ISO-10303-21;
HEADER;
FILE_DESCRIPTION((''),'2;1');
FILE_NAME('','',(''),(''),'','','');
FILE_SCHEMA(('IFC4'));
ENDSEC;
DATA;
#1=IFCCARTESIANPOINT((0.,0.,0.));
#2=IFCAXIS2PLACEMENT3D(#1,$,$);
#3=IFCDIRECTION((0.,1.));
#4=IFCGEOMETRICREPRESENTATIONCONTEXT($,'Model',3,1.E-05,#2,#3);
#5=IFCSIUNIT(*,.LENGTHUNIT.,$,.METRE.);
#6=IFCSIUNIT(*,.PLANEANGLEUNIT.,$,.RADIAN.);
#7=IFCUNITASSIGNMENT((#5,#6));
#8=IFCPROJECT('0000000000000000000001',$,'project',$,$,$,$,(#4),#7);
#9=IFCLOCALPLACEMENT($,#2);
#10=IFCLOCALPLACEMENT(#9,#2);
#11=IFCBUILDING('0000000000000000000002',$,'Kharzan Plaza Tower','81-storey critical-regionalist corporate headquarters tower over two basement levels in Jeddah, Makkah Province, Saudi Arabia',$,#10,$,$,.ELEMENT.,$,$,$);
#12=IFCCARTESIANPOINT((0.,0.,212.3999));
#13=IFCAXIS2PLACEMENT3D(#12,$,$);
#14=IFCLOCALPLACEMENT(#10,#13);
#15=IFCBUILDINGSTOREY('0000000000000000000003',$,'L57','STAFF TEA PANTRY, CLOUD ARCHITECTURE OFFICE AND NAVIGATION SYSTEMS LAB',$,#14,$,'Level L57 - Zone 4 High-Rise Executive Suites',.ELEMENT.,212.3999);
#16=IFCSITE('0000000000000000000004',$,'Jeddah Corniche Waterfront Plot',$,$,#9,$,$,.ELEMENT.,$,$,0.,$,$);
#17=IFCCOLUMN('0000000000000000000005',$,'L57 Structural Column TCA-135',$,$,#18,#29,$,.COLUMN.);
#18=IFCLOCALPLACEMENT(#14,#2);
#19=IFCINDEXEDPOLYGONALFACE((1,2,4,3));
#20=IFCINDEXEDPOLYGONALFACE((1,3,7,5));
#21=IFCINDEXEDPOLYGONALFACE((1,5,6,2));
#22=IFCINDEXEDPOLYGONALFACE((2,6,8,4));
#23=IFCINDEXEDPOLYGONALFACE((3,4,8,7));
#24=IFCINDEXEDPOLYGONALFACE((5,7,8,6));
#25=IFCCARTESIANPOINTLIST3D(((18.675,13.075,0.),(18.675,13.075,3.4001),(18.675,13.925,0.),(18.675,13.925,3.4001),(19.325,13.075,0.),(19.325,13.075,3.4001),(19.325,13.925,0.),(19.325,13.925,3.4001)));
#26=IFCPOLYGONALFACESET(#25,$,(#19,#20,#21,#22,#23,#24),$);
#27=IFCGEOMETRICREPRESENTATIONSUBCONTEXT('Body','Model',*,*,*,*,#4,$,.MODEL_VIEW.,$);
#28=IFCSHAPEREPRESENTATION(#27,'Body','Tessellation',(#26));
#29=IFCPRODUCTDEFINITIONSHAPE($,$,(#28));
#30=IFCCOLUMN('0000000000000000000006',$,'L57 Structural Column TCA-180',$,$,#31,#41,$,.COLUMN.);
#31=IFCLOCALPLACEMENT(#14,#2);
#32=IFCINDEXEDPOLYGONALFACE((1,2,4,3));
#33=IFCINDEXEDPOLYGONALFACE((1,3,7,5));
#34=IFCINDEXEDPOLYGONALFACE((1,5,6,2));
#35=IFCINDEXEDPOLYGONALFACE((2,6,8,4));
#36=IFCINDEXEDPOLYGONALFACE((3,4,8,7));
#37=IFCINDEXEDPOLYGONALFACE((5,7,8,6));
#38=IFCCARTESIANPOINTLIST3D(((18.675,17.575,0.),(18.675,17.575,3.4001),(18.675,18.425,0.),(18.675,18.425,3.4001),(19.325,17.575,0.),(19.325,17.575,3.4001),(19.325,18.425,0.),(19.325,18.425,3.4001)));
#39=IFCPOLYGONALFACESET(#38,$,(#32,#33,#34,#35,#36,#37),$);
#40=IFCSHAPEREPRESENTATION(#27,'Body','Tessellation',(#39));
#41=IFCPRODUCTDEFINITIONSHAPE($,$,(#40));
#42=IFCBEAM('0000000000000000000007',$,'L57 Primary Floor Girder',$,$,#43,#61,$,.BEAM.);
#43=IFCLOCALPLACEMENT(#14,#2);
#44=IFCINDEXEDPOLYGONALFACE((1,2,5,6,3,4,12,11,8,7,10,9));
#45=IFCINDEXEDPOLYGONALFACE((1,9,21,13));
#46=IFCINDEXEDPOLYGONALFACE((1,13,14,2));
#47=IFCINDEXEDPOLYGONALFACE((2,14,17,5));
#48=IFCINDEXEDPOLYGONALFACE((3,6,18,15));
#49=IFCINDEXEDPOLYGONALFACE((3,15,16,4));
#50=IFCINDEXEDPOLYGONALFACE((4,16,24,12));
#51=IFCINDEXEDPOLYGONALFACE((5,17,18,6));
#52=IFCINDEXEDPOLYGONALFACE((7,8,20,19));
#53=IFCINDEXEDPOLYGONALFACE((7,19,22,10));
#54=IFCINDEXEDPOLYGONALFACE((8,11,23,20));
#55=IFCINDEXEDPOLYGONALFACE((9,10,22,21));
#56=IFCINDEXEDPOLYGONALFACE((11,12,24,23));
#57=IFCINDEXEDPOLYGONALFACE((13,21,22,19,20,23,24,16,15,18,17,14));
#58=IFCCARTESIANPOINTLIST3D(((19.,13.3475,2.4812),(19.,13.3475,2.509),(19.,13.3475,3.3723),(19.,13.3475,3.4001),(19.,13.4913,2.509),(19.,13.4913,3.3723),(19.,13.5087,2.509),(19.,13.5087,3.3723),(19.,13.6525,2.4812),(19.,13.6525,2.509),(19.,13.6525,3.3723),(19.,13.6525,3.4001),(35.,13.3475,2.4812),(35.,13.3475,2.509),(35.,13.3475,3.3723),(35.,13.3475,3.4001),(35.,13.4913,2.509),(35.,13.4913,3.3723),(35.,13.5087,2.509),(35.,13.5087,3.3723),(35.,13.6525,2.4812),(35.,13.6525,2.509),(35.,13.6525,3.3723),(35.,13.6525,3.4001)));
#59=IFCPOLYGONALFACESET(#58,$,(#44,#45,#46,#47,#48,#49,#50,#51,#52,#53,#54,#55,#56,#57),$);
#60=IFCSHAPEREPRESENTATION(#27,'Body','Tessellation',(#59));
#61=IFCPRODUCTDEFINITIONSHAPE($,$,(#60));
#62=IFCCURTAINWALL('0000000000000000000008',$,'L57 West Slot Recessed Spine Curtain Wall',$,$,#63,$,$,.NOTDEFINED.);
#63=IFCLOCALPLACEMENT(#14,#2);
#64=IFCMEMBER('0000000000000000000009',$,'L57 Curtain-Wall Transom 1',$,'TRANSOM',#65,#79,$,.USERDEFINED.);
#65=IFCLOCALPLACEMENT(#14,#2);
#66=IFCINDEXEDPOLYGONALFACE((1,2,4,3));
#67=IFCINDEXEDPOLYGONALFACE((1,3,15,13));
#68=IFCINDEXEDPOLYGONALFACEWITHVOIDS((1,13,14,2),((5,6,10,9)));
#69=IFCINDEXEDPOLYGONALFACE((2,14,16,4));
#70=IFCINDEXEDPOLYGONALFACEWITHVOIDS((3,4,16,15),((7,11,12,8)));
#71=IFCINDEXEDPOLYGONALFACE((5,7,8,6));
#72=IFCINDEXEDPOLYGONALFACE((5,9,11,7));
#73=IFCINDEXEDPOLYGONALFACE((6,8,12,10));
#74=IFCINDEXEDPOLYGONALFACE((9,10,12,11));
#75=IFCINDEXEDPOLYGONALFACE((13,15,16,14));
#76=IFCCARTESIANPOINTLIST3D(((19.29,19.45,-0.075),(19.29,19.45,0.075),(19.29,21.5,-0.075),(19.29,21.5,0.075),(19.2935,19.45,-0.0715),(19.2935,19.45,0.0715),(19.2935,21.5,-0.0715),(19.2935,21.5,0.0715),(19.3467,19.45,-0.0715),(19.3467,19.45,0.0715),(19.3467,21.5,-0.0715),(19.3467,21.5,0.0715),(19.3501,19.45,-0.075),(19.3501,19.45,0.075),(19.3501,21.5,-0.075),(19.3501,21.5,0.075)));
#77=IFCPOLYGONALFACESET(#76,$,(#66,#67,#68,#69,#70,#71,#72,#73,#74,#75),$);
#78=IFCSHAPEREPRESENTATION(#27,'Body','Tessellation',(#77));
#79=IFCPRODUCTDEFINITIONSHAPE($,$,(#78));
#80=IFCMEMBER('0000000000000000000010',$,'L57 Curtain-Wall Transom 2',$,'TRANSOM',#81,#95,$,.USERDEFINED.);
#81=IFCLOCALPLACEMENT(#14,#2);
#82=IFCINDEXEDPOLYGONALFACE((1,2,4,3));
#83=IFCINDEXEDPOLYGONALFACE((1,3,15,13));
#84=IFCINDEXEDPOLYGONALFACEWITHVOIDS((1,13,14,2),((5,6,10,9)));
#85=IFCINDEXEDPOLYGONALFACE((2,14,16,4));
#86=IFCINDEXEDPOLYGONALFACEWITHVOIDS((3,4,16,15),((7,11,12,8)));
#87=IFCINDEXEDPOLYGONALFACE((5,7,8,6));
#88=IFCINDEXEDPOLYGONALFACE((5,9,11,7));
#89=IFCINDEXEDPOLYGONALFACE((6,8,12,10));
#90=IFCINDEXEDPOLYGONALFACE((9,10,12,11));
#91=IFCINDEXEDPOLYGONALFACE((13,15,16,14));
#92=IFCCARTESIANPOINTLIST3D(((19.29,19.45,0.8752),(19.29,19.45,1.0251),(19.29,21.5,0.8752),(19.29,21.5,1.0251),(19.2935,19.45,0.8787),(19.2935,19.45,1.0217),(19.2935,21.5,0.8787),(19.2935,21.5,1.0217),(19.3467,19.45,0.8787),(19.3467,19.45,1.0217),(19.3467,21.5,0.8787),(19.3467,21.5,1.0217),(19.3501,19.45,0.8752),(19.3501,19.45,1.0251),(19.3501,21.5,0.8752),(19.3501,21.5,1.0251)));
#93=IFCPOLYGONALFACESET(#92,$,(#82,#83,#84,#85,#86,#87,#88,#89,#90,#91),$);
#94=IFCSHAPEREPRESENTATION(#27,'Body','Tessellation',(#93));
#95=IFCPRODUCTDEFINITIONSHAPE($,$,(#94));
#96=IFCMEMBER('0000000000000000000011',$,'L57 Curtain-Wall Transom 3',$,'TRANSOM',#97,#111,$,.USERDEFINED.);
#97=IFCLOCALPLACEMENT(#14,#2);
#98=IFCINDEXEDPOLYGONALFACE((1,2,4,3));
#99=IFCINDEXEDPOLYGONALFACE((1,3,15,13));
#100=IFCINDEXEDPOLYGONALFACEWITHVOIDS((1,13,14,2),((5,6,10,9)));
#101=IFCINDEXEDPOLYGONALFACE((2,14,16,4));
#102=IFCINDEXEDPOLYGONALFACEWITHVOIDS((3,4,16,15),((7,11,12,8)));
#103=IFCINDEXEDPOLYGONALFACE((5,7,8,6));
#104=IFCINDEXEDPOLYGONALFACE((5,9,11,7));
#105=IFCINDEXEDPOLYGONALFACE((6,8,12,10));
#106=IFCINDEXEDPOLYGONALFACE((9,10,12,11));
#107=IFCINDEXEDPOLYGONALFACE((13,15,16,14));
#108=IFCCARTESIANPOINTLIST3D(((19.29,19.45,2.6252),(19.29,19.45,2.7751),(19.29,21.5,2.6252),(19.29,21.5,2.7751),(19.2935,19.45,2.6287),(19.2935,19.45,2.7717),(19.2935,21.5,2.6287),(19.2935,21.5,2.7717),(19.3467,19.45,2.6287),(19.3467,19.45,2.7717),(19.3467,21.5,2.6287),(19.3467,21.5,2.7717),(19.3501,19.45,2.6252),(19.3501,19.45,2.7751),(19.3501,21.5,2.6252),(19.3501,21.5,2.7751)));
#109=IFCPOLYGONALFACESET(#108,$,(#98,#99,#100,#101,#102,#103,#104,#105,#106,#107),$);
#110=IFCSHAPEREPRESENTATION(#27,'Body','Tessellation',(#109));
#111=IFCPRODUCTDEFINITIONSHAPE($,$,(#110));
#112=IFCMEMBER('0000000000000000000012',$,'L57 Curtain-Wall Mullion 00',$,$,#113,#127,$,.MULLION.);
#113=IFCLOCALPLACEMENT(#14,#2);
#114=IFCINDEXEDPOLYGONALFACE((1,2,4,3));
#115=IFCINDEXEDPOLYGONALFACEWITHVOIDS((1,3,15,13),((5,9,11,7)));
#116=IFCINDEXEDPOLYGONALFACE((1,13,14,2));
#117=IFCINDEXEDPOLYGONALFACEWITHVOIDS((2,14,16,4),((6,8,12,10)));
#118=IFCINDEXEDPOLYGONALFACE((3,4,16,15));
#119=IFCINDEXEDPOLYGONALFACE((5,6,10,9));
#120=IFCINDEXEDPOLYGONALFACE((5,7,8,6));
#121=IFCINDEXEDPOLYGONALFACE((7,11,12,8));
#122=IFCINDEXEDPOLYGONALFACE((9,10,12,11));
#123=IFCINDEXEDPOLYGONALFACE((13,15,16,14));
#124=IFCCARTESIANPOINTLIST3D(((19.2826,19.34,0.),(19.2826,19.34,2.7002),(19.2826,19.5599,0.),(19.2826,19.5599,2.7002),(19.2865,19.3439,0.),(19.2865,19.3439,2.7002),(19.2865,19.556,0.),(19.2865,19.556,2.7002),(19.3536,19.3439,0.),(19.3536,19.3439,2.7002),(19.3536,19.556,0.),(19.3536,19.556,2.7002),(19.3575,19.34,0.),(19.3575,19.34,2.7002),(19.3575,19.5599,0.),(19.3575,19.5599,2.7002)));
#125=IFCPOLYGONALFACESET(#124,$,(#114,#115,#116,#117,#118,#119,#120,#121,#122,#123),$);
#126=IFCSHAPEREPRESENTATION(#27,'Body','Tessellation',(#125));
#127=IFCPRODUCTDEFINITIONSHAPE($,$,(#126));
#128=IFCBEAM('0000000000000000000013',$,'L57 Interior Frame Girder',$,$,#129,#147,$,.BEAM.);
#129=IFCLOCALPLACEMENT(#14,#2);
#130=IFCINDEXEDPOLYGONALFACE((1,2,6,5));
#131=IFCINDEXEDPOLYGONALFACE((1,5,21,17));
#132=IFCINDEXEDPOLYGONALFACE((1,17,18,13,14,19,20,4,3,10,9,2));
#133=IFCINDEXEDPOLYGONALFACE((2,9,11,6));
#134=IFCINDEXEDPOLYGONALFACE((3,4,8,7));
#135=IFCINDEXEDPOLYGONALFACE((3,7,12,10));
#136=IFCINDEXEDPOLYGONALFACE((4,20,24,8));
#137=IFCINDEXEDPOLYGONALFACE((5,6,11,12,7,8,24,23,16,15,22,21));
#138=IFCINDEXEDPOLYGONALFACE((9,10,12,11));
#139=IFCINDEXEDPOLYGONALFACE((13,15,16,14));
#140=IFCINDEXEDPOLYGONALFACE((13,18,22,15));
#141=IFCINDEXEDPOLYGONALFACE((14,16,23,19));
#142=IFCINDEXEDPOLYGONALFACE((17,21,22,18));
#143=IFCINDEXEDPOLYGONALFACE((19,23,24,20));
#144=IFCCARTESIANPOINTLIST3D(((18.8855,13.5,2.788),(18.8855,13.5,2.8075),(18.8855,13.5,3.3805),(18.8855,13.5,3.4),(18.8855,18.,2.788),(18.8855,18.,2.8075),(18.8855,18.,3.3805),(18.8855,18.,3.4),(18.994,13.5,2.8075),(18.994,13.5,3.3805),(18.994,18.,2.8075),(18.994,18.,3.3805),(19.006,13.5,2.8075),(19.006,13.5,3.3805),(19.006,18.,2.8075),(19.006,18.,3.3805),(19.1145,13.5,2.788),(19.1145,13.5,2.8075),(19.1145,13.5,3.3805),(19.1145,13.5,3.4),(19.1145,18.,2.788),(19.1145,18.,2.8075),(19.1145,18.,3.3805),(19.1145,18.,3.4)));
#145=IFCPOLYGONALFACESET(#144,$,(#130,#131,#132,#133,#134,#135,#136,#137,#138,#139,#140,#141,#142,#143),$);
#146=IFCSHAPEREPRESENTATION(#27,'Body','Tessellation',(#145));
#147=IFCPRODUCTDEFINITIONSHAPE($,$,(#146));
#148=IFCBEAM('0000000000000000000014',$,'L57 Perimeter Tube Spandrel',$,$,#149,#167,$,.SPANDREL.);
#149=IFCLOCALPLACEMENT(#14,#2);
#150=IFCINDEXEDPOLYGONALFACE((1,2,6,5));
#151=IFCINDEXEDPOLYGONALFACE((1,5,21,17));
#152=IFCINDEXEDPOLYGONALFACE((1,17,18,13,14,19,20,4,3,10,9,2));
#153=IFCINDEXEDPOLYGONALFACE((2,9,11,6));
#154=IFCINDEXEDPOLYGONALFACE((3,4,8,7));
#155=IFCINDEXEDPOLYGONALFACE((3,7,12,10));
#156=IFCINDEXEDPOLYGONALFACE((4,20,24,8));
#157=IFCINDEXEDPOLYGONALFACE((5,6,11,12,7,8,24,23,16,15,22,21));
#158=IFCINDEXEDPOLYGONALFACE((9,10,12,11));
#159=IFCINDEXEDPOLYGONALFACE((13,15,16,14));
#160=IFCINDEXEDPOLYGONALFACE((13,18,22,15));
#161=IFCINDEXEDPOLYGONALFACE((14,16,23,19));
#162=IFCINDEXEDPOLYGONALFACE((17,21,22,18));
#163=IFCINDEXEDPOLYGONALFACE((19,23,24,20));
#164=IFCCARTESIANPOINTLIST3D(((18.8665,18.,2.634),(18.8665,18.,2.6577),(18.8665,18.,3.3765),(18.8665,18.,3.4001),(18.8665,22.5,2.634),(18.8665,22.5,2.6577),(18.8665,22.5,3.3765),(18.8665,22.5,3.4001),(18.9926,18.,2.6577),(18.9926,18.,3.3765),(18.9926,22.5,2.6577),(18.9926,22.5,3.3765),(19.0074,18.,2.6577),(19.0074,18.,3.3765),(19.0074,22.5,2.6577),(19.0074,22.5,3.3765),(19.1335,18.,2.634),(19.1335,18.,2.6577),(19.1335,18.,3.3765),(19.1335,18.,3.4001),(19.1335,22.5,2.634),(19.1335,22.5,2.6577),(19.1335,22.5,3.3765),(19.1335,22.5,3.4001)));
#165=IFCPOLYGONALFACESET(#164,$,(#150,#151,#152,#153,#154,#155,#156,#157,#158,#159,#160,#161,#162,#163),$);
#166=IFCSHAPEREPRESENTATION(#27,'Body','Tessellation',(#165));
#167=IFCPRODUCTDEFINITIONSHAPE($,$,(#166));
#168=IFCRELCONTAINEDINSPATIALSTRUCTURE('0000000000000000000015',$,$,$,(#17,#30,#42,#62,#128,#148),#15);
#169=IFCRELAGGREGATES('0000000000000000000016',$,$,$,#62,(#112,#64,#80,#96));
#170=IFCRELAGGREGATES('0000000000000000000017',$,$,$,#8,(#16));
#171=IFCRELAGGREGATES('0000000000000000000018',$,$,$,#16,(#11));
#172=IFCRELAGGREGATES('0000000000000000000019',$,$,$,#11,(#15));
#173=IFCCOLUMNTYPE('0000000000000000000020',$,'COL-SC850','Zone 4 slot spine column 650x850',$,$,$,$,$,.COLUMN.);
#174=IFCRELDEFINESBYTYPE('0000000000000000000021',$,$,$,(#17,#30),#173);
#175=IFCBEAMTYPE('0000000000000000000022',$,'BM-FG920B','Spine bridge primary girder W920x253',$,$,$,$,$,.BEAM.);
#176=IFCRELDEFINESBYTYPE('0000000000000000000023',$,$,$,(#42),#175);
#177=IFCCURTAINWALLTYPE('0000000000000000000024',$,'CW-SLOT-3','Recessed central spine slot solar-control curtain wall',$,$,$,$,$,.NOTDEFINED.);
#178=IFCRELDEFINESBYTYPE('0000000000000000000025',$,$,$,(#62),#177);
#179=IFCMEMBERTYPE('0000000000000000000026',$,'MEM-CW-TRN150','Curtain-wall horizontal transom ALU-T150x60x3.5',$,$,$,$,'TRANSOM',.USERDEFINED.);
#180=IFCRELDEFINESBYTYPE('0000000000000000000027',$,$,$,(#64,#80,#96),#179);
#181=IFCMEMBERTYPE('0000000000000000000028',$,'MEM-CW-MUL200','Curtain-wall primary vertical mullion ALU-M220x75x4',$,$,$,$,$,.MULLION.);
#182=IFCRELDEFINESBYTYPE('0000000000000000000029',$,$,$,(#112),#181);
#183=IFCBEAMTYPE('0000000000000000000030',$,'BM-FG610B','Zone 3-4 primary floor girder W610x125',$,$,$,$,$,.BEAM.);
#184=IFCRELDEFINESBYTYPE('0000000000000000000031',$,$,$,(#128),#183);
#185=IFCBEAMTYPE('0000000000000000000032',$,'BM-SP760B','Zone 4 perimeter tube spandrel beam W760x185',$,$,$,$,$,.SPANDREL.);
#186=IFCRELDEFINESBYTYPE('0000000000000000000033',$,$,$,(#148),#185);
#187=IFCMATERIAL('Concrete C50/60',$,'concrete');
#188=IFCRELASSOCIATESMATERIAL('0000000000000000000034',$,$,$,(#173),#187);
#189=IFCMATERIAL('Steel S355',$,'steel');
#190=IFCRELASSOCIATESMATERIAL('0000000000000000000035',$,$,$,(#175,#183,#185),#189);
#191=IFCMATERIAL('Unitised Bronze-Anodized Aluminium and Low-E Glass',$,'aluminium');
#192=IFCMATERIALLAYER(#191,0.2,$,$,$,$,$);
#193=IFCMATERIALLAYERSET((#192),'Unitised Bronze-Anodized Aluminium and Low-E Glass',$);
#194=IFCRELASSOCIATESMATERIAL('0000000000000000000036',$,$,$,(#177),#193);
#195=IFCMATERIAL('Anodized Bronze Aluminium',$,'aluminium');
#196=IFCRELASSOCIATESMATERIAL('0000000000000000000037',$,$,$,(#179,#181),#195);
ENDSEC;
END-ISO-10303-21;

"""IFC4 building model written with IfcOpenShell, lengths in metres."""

from ifc_helpers import new_model, si_unit, direction, frame, origin, origin_2d, place, context, subcontext, project, spatial, rectangle, hollow_rectangle, i_section, extrude, source, transform, mapped, material, layer, layer_set, material_profile, profile_set, type_object, element, aggregate, save


model = new_model("IFC4")

# Units and contexts
model_context = context("Model", 3, precision=1e-05, world=origin(), true_north=direction((0.0, 1.0)))
body_context = subcontext(model_context, "Body", "Model", "MODEL_VIEW")
ifc_project = project(units=[si_unit("LENGTHUNIT", "METRE"), si_unit("PLANEANGLEUNIT", "RADIAN")], contexts=[model_context])

# Site, building, storey
site_placement = place(None, origin())
site = spatial("IfcSite", under=ifc_project, at=site_placement, Name="Jeddah Corniche Waterfront Plot", CompositionType="ELEMENT", RefElevation=0.0)
building_placement = place(site_placement, origin())
building = spatial("IfcBuilding", under=site, at=building_placement, Name="Kharzan Plaza Tower", Description="81-storey critical-regionalist corporate headquarters tower over two basement levels in Jeddah, Makkah Province, Saudi Arabia", CompositionType="ELEMENT")
storey_placement = place(building_placement, frame((0.0, 0.0, 212.3999)))
storey = spatial("IfcBuildingStorey", under=building, at=storey_placement, Name="L57", Description="STAFF TEA PANTRY, CLOUD ARCHITECTURE OFFICE AND NAVIGATION SYSTEMS LAB", LongName="Level L57 - Zone 4 High-Rise Executive Suites", CompositionType="ELEMENT", Elevation=212.3999)

# Columns
ifc_material_1 = material(Name="Concrete C50/60", Category="concrete")
ifc_material_profile_1 = material_profile(ifc_material_1, rectangle(XDim=0.6499, YDim=0.8501, at=origin_2d()), Name="RC-SC850x650")
ifc_profile_set_1 = profile_set([ifc_material_profile_1], Name="Concrete C50/60")
column_type = type_object("IfcColumnType", Name="COL-SC850", Description="Zone 4 slot spine column 650x850", PredefinedType="COLUMN", material=ifc_profile_set_1)
shared_shape_1 = source(origin(), body_context, "Body", "SweptSolid", [
    extrude(rectangle(XDim=0.6499, YDim=0.8501, at=origin_2d()), origin(), (0.0, 0.0, 1.0), 3.4001),
])
for number, where, z_axis, x_axis, name in (
    (1, (19.0, 13.5, 0.0), (0.0, 0.0, 1.0), (1.0, 0.0, 0.0), "L57 Structural Column TCA-135"),
    (2, (19.0, 18.0, 0.0), (0.0, 0.0, 1.0), (1.0, 0.0, 0.0), "L57 Structural Column TCA-180"),
):
    element("IfcColumn", number, at=place(storey_placement, frame(where, z_axis=z_axis, x_axis=x_axis)), inside=storey, type_object=column_type, Name=name, PredefinedType="COLUMN", context=body_context, shape_type="MappedRepresentation", body=[
        mapped(shared_shape_1, transform((0.0, 0.0, 0.0), x_axis=(1.0, 0.0, 0.0), y_axis=(0.0, 1.0, 0.0), z_axis=(0.0, 0.0, 1.0))),
    ])

# Beam
ifc_material_2 = material(Name="Steel S355", Category="steel")
ifc_material_profile_2 = material_profile(ifc_material_2, i_section(OverallWidth=0.3049, OverallDepth=0.9189, WebThickness=0.0173, FlangeThickness=0.0278, at=origin_2d()), Name="W920x253")
ifc_profile_set_2 = profile_set([ifc_material_profile_2], Name="Steel S355")
beam_type_1 = type_object("IfcBeamType", Name="BM-FG920B", Description="Spine bridge primary girder W920x253", PredefinedType="BEAM", material=ifc_profile_set_2)
shared_shape_2 = source(origin(), body_context, "Body", "SweptSolid", [
    extrude(i_section(OverallWidth=0.3049, OverallDepth=0.9189, WebThickness=0.0173, FlangeThickness=0.0278, at=origin_2d()), origin(), (0.0, 0.0, 1.0), 16.0),
])
beam_1_placement = place(storey_placement, frame((19.0, 13.5, 2.9407), z_axis=(1.0, 0.0, 0.0), x_axis=(0.0, 1.0, 0.0)))
element("IfcBeam", 3, at=beam_1_placement, inside=storey, type_object=beam_type_1, Name="L57 Primary Floor Girder", PredefinedType="BEAM", context=body_context, shape_type="MappedRepresentation", body=[
    mapped(shared_shape_2, transform((0.0, 0.0, 0.0), x_axis=(1.0, 0.0, 0.0), y_axis=(0.0, 1.0, 0.0), z_axis=(0.0, 0.0, 1.0))),
])

# Curtain wall, members
ifc_material_3 = material(Name="Unitised Bronze-Anodized Aluminium and Low-E Glass", Category="aluminium")
ifc_layer_1 = layer(ifc_material_3, 0.2)
ifc_layer_set_1 = layer_set([ifc_layer_1], Name="Unitised Bronze-Anodized Aluminium and Low-E Glass")
curtain_wall_type = type_object("IfcCurtainWallType", Name="CW-SLOT-3", Description="Recessed central spine slot solar-control curtain wall", PredefinedType="NOTDEFINED", material=ifc_layer_set_1)
curtain_wall_placement = place(storey_placement, origin())
curtain_wall = element("IfcCurtainWall", 4, at=curtain_wall_placement, inside=storey, type_object=curtain_wall_type, Name="L57 West Slot Recessed Spine Curtain Wall", PredefinedType="NOTDEFINED")
ifc_material_4 = material(Name="Anodized Bronze Aluminium", Category="aluminium")
ifc_material_profile_3 = material_profile(ifc_material_4, hollow_rectangle(XDim=0.0601, YDim=0.1499, WallThickness=0.0034, at=origin_2d()), Name="ALU-T150x60x3.5")
ifc_profile_set_3 = profile_set([ifc_material_profile_3], Name="Anodized Bronze Aluminium")
member_type_1 = type_object("IfcMemberType", Name="MEM-CW-TRN150", Description="Curtain-wall horizontal transom ALU-T150x60x3.5", ElementType="TRANSOM", PredefinedType="USERDEFINED", material=ifc_profile_set_3)
shared_shape_3 = source(origin(), body_context, "Body", "SweptSolid", [
    extrude(hollow_rectangle(XDim=0.0601, YDim=0.1499, WallThickness=0.0034, at=origin_2d()), origin(), (0.0, 0.0, 1.0), 2.05),
])
member_1_placement = place(storey_placement, frame((19.3201, 19.45, 0.0), z_axis=(0.0, 1.0, 0.0), x_axis=(-1.0, 0.0, 0.0)))
member_1 = element("IfcMember", 5, at=member_1_placement, type_object=member_type_1, Name="L57 Curtain-Wall Transom 1", ObjectType="TRANSOM", PredefinedType="USERDEFINED", context=body_context, shape_type="MappedRepresentation", body=[
    mapped(shared_shape_3, transform((0.0, 0.0, 0.0), x_axis=(1.0, 0.0, 0.0), y_axis=(0.0, 1.0, 0.0), z_axis=(0.0, 0.0, 1.0))),
])
member_2_placement = place(storey_placement, frame((19.3201, 19.45, 0.9502), z_axis=(0.0, 1.0, 0.0), x_axis=(-1.0, 0.0, 0.0)))
member_2 = element("IfcMember", 6, at=member_2_placement, type_object=member_type_1, Name="L57 Curtain-Wall Transom 2", ObjectType="TRANSOM", PredefinedType="USERDEFINED", context=body_context, shape_type="MappedRepresentation", body=[
    mapped(shared_shape_3, transform((0.0, 0.0, 0.0), x_axis=(1.0, 0.0, 0.0), y_axis=(0.0, 1.0, 0.0), z_axis=(0.0, 0.0, 1.0))),
])
member_3_placement = place(storey_placement, frame((19.3201, 19.45, 2.7002), z_axis=(0.0, 1.0, 0.0), x_axis=(-1.0, 0.0, 0.0)))
member_3 = element("IfcMember", 7, at=member_3_placement, type_object=member_type_1, Name="L57 Curtain-Wall Transom 3", ObjectType="TRANSOM", PredefinedType="USERDEFINED", context=body_context, shape_type="MappedRepresentation", body=[
    mapped(shared_shape_3, transform((0.0, 0.0, 0.0), x_axis=(1.0, 0.0, 0.0), y_axis=(0.0, 1.0, 0.0), z_axis=(0.0, 0.0, 1.0))),
])
ifc_material_profile_4 = material_profile(ifc_material_4, hollow_rectangle(XDim=0.075, YDim=0.22, WallThickness=0.0039, at=origin_2d()), Name="ALU-M220x75x4")
ifc_profile_set_4 = profile_set([ifc_material_profile_4], Name="Anodized Bronze Aluminium")
member_type_2 = type_object("IfcMemberType", Name="MEM-CW-MUL200", Description="Curtain-wall primary vertical mullion ALU-M220x75x4", PredefinedType="MULLION", material=ifc_profile_set_4)
shared_shape_4 = source(origin(), body_context, "Body", "SweptSolid", [
    extrude(hollow_rectangle(XDim=0.075, YDim=0.22, WallThickness=0.0039, at=origin_2d()), origin(), (0.0, 0.0, 1.0), 2.7002),
])
member_4_placement = place(storey_placement, frame((19.3201, 19.45, 0.0), z_axis=(0.0, 0.0, 1.0), x_axis=(1.0, 0.0, 0.0)))
member_4 = element("IfcMember", 8, at=member_4_placement, type_object=member_type_2, Name="L57 Curtain-Wall Mullion 00", PredefinedType="MULLION", context=body_context, shape_type="MappedRepresentation", body=[
    mapped(shared_shape_4, transform((0.0, 0.0, 0.0), x_axis=(1.0, 0.0, 0.0), y_axis=(0.0, 1.0, 0.0), z_axis=(0.0, 0.0, 1.0))),
])

# Beams
ifc_material_profile_5 = material_profile(ifc_material_2, i_section(OverallWidth=0.229, OverallDepth=0.6121, WebThickness=0.012, FlangeThickness=0.0195, at=origin_2d()), Name="W610x125")
ifc_profile_set_5 = profile_set([ifc_material_profile_5], Name="Steel S355")
beam_type_2 = type_object("IfcBeamType", Name="BM-FG610B", Description="Zone 3-4 primary floor girder W610x125", PredefinedType="BEAM", material=ifc_profile_set_5)
shared_shape_5 = source(origin(), body_context, "Body", "SweptSolid", [
    extrude(i_section(OverallWidth=0.229, OverallDepth=0.6121, WebThickness=0.012, FlangeThickness=0.0195, at=origin_2d()), origin(), (0.0, 0.0, 1.0), 4.5),
])
beam_2_placement = place(storey_placement, frame((19.0, 13.5, 3.094), z_axis=(0.0, 1.0, 0.0), x_axis=(-1.0, 0.0, 0.0)))
element("IfcBeam", 9, at=beam_2_placement, inside=storey, type_object=beam_type_2, Name="L57 Interior Frame Girder", PredefinedType="BEAM", context=body_context, shape_type="MappedRepresentation", body=[
    mapped(shared_shape_5, transform((0.0, 0.0, 0.0), x_axis=(1.0, 0.0, 0.0), y_axis=(0.0, 1.0, 0.0), z_axis=(0.0, 0.0, 1.0))),
])
ifc_material_profile_6 = material_profile(ifc_material_2, i_section(OverallWidth=0.2671, OverallDepth=0.7661, WebThickness=0.0149, FlangeThickness=0.0237, at=origin_2d()), Name="W760x185")
ifc_profile_set_6 = profile_set([ifc_material_profile_6], Name="Steel S355")
beam_type_3 = type_object("IfcBeamType", Name="BM-SP760B", Description="Zone 4 perimeter tube spandrel beam W760x185", PredefinedType="SPANDREL", material=ifc_profile_set_6)
shared_shape_6 = source(origin(), body_context, "Body", "SweptSolid", [
    extrude(i_section(OverallWidth=0.2671, OverallDepth=0.7661, WebThickness=0.0149, FlangeThickness=0.0237, at=origin_2d()), origin(), (0.0, 0.0, 1.0), 4.5),
])
beam_3_placement = place(storey_placement, frame((19.0, 18.0, 3.0171), z_axis=(0.0, 1.0, 0.0), x_axis=(-1.0, 0.0, 0.0)))
element("IfcBeam", 10, at=beam_3_placement, inside=storey, type_object=beam_type_3, Name="L57 Perimeter Tube Spandrel", PredefinedType="SPANDREL", context=body_context, shape_type="MappedRepresentation", body=[
    mapped(shared_shape_6, transform((0.0, 0.0, 0.0), x_axis=(1.0, 0.0, 0.0), y_axis=(0.0, 1.0, 0.0), z_axis=(0.0, 0.0, 1.0))),
])

aggregate(curtain_wall, [member_4, member_1, member_2, member_3])

save(model, "model.ifc")
